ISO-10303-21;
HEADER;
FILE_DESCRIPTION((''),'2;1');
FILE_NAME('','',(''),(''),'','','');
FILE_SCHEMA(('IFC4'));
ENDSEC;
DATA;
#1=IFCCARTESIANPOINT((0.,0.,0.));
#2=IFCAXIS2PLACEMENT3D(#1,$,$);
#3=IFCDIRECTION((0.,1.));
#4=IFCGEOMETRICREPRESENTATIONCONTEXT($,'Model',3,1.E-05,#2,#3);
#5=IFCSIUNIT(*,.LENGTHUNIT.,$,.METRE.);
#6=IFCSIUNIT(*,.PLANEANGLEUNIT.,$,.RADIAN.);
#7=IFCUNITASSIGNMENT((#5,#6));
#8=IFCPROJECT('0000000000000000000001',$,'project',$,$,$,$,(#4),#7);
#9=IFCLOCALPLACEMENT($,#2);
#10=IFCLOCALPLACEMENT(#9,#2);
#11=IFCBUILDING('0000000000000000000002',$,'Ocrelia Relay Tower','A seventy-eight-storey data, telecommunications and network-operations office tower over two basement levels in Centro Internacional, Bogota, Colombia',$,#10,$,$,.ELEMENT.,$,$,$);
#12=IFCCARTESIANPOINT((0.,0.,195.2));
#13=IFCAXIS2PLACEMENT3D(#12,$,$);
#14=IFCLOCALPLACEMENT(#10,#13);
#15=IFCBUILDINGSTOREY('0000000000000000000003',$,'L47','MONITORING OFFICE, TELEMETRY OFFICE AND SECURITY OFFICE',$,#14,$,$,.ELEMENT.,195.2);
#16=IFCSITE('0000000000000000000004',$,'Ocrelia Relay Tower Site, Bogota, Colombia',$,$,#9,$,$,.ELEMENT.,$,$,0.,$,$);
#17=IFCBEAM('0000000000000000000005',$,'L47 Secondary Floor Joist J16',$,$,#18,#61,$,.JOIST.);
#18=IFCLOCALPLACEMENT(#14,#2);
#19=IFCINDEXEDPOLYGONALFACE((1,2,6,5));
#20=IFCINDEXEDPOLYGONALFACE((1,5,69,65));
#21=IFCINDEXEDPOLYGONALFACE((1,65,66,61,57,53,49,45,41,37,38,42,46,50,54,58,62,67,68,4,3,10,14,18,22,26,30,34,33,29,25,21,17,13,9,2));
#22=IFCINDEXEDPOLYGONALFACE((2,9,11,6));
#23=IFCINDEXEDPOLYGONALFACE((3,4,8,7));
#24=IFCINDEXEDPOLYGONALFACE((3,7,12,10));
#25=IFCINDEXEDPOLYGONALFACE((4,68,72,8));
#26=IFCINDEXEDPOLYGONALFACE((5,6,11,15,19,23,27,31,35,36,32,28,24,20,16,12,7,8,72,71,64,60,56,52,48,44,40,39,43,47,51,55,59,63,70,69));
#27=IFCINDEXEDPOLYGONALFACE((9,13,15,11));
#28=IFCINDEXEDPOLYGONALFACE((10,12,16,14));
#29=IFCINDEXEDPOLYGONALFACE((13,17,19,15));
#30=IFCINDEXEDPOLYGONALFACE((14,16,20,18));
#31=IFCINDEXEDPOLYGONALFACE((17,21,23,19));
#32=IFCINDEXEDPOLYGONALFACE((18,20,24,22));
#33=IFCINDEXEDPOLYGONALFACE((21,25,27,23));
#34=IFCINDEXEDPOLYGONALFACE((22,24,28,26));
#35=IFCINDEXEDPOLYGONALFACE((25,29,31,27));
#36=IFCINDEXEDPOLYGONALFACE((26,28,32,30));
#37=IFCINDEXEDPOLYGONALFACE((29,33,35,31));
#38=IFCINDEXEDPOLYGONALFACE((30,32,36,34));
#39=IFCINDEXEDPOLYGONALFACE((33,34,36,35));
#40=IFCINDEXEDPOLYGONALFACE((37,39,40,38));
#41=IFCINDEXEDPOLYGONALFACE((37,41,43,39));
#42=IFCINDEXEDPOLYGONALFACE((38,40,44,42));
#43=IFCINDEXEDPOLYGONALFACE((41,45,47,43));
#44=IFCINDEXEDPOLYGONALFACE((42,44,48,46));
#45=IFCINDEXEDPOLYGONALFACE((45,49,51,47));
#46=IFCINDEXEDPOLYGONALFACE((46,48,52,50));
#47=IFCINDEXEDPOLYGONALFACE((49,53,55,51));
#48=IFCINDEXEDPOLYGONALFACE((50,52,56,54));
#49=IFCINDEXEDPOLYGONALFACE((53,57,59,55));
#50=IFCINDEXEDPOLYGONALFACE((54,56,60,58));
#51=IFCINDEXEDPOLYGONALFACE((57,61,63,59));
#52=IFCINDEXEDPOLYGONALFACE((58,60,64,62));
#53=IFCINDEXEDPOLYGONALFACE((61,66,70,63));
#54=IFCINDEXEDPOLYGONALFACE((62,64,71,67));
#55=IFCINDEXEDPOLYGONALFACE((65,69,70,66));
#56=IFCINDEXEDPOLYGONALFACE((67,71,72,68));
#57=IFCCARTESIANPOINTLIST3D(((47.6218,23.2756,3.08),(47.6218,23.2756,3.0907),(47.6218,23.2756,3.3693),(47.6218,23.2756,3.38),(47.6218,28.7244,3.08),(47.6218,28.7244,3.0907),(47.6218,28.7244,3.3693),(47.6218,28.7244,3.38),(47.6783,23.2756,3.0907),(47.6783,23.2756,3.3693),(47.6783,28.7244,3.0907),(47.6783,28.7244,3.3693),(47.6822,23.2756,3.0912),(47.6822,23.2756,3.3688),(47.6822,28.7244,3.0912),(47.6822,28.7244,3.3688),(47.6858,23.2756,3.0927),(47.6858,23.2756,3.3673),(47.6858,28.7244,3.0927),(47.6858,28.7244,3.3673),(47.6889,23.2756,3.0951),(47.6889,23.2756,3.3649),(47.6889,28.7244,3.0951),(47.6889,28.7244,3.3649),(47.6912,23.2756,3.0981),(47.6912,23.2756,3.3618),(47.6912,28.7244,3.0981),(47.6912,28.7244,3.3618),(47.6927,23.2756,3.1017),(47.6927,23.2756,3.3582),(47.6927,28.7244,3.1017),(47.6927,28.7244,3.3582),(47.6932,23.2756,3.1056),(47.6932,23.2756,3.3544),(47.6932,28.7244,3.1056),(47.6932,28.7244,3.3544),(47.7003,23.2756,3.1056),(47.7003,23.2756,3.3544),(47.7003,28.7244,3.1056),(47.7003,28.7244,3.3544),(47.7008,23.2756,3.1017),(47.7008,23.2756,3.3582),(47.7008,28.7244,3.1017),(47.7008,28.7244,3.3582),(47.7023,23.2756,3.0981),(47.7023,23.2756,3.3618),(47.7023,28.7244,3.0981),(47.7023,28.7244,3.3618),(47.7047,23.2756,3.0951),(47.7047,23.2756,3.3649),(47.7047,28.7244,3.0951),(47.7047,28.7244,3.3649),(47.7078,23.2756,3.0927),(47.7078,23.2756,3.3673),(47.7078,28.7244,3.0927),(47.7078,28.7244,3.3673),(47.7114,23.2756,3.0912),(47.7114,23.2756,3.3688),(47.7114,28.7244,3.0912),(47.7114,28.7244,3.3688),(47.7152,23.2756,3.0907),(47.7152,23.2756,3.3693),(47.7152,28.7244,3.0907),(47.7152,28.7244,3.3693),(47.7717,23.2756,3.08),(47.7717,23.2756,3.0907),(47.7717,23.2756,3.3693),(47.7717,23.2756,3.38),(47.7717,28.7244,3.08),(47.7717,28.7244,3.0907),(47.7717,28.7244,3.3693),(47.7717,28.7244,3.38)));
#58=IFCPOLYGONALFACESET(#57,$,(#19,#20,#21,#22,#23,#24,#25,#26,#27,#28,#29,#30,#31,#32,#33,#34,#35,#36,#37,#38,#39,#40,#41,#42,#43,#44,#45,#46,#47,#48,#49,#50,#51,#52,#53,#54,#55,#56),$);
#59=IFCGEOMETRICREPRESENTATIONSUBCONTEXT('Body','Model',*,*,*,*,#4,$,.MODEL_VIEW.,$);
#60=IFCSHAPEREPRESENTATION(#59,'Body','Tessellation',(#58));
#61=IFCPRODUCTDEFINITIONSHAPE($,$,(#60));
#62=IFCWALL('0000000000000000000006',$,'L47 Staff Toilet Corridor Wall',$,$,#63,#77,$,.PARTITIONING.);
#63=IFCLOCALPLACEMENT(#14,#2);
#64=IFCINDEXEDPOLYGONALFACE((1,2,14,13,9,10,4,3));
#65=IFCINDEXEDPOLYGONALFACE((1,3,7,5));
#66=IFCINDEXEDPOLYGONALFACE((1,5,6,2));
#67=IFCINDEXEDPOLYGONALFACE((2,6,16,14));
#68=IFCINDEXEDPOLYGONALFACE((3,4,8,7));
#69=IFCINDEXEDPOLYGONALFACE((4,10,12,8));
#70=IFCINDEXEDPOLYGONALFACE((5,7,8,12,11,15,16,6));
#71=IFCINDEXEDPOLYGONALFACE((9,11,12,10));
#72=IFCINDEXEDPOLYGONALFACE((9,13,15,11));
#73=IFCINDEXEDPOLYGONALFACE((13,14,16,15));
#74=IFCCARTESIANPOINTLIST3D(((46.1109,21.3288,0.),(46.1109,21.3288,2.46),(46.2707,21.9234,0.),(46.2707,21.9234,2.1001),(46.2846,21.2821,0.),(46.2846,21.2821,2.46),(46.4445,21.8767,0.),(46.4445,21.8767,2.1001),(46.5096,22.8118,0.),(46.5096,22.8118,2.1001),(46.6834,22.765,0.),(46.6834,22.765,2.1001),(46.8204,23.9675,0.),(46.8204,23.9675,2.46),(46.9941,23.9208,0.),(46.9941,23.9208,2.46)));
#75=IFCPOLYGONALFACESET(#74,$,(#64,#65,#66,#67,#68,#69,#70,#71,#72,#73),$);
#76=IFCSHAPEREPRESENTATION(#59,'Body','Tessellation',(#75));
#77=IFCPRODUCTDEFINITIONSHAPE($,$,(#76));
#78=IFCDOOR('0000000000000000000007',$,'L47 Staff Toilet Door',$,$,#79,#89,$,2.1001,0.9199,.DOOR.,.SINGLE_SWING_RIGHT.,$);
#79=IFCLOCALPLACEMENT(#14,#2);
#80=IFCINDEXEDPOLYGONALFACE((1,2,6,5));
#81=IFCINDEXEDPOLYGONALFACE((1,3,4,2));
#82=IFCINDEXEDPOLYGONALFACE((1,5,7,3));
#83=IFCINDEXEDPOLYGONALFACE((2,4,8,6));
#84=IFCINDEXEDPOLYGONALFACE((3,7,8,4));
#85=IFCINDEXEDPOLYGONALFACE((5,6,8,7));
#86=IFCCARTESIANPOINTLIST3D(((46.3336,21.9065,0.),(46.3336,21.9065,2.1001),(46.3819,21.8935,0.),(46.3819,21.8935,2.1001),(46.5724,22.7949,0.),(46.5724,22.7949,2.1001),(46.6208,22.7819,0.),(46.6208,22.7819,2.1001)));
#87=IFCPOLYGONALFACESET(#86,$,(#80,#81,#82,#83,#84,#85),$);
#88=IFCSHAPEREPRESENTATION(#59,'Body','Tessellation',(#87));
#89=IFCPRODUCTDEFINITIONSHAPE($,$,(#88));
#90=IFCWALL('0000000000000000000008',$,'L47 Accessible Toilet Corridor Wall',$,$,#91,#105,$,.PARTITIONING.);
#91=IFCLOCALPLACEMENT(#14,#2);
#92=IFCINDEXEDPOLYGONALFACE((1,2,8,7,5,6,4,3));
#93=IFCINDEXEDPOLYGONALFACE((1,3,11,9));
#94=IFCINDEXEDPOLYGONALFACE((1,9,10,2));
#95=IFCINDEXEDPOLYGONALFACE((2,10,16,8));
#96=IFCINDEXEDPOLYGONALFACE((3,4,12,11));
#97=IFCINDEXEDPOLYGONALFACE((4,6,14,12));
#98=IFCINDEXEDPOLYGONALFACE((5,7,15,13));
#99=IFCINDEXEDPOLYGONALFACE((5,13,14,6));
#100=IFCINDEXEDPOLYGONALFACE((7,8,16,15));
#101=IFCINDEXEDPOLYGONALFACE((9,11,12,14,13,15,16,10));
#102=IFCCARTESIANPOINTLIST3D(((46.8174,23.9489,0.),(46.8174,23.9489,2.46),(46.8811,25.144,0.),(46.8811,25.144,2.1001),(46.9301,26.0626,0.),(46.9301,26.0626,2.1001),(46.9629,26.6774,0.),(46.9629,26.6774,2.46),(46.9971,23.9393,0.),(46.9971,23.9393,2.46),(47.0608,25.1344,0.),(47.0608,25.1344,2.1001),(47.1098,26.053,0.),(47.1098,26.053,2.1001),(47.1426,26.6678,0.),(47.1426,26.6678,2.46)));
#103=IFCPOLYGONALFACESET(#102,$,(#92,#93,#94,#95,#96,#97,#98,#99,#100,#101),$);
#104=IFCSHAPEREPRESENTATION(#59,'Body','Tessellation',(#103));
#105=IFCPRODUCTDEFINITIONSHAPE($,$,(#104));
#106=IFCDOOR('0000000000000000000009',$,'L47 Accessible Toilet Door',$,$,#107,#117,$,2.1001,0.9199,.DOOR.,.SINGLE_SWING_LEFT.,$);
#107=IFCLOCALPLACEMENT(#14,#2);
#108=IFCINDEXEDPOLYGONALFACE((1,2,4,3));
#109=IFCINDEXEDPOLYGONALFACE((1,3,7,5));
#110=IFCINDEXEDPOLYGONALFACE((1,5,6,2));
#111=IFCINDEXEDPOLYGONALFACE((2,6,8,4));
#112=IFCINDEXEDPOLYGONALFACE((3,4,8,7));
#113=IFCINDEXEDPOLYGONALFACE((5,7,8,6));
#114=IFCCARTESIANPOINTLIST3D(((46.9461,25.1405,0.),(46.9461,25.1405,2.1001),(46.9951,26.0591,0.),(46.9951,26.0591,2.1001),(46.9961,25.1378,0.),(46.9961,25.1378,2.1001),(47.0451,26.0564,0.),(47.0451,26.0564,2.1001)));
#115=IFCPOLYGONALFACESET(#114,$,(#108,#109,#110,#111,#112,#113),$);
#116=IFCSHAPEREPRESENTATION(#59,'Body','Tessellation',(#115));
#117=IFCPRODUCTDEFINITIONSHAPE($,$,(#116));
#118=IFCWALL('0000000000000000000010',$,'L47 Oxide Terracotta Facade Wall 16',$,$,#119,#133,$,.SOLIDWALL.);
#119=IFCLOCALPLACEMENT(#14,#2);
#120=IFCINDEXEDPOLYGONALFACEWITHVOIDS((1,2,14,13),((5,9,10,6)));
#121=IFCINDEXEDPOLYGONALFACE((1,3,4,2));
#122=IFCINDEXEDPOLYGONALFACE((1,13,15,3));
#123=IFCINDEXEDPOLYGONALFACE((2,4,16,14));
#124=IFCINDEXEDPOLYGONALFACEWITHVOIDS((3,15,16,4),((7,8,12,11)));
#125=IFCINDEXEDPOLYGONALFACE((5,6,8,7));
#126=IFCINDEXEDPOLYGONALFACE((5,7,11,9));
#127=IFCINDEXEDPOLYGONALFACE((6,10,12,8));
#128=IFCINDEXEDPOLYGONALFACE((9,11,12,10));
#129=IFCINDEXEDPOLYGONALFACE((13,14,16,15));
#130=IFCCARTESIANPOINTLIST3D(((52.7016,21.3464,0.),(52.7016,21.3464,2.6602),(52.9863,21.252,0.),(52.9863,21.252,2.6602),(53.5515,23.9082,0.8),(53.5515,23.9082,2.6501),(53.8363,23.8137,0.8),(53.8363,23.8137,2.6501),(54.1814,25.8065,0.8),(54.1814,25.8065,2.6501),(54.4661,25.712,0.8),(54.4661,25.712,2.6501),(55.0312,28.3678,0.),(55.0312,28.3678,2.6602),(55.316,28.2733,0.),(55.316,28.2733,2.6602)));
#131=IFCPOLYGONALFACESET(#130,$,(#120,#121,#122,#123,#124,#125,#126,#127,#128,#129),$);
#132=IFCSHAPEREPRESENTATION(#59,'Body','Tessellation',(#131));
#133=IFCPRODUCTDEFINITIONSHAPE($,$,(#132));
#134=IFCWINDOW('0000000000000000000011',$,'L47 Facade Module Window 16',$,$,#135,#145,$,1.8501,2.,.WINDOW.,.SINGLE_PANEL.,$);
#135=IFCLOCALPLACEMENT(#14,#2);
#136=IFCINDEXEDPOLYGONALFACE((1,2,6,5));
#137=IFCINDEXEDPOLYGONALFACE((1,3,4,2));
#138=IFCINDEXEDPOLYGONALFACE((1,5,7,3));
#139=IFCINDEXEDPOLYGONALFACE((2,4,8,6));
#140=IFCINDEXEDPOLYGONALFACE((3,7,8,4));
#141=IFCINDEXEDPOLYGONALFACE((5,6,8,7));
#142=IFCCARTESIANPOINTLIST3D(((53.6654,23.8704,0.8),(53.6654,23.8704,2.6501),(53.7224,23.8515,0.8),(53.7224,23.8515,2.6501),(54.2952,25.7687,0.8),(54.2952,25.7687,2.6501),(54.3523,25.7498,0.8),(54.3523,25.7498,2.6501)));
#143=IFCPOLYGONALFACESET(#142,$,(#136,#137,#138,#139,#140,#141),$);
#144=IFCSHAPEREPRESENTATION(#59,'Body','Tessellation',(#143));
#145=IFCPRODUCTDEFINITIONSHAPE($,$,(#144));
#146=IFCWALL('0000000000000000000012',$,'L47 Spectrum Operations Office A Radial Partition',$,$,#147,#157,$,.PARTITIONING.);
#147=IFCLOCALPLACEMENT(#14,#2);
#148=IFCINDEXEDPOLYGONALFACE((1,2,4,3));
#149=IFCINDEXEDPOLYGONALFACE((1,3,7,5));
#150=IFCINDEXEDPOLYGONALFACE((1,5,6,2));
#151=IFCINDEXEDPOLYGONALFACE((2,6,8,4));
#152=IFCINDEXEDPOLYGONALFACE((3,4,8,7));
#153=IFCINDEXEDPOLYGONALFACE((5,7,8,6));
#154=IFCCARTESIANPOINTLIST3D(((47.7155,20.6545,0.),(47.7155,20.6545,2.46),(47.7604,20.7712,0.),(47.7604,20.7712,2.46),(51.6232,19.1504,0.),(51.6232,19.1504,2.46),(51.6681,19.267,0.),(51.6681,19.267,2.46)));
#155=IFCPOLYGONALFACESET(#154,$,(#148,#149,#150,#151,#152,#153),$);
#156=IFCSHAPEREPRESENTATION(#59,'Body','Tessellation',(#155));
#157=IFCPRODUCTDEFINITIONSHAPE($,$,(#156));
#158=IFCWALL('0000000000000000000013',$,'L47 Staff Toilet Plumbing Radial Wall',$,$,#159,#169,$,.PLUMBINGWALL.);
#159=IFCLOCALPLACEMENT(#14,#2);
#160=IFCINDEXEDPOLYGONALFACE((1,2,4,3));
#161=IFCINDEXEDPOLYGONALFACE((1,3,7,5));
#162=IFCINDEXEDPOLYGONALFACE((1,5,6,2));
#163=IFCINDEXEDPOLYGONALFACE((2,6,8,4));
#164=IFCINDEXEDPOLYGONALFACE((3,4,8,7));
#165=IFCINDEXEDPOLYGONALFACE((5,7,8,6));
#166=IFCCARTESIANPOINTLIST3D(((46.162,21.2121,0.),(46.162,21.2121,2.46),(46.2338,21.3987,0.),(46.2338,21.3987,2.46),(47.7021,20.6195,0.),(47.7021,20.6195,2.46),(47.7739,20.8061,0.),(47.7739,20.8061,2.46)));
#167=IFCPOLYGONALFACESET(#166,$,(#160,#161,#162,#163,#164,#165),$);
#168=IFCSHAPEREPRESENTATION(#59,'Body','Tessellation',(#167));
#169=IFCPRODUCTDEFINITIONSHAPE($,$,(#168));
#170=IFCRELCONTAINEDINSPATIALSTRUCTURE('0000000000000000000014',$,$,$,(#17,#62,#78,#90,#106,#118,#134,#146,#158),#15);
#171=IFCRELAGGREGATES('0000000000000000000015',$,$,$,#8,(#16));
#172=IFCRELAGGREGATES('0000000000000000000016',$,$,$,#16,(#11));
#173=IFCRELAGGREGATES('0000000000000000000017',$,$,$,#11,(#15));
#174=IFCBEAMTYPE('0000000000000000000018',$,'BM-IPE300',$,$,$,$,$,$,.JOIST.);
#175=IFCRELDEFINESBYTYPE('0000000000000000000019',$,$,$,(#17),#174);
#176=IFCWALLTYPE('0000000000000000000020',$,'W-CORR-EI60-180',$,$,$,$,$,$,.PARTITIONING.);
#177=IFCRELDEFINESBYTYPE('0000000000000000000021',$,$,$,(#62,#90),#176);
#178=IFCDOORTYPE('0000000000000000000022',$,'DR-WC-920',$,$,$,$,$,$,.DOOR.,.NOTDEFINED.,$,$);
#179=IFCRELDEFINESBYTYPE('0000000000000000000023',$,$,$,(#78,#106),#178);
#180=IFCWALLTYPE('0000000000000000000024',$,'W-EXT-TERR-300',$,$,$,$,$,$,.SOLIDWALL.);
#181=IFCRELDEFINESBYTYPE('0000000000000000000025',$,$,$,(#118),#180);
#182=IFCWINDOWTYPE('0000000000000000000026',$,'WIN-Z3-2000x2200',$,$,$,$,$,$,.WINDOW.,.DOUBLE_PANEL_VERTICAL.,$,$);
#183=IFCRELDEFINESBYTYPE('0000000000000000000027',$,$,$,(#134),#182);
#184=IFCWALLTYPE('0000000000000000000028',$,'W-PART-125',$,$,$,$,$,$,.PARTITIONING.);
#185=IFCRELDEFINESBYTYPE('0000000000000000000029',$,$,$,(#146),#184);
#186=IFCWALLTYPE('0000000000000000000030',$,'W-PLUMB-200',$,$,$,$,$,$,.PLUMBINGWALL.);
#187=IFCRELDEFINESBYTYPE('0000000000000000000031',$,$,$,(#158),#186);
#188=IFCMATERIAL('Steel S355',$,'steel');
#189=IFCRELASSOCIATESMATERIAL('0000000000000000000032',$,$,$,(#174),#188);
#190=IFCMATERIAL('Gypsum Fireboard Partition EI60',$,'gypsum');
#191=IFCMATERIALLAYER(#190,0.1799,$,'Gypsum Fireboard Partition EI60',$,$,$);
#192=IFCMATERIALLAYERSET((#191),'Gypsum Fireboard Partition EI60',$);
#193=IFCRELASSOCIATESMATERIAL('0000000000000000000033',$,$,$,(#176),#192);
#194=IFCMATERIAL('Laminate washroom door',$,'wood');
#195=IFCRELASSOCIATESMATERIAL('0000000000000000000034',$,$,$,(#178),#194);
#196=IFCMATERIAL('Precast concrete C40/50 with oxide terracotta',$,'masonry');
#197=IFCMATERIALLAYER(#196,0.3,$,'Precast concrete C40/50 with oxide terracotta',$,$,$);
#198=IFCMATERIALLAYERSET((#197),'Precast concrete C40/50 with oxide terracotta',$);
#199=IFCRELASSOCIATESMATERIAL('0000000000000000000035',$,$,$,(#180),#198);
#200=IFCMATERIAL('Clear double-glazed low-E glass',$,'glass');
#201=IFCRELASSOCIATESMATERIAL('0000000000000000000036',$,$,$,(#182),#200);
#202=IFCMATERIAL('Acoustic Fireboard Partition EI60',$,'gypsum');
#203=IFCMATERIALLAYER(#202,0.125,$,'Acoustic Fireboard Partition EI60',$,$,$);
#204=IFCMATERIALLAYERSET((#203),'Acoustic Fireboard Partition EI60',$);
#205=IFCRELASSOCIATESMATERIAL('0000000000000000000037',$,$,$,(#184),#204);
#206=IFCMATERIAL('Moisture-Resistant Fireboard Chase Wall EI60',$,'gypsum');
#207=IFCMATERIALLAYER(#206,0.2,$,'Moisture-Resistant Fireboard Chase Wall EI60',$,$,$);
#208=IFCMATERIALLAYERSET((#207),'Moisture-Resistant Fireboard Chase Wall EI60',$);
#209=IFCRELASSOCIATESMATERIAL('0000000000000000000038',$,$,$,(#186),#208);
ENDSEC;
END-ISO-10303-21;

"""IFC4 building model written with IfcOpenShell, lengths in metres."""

from ifc_helpers import new_model, si_unit, direction, frame, frame_2d, origin, origin_2d, place, context, subcontext, project, spatial, rectangle, i_section, extrude, material, layer, layer_set, material_profile, profile_set, type_object, element, fill, save


model = new_model("IFC4")

# Units and contexts
model_context = context("Model", 3, precision=1e-05, world=origin(), true_north=direction((0.0, 1.0)))
body_context = subcontext(model_context, "Body", "Model", "MODEL_VIEW")
ifc_project = project(units=[si_unit("LENGTHUNIT", "METRE"), si_unit("PLANEANGLEUNIT", "RADIAN")], contexts=[model_context])

# Site, building, storey
site_placement = place(None, origin())
site = spatial("IfcSite", under=ifc_project, at=site_placement, Name="Ocrelia Relay Tower Site, Bogota, Colombia", CompositionType="ELEMENT", RefElevation=0.0)
building_placement = place(site_placement, origin())
building = spatial("IfcBuilding", under=site, at=building_placement, Name="Ocrelia Relay Tower", Description="A seventy-eight-storey data, telecommunications and network-operations office tower over two basement levels in Centro Internacional, Bogota, Colombia", CompositionType="ELEMENT")
storey_placement = place(building_placement, frame((0.0, 0.0, 195.2)))
storey = spatial("IfcBuildingStorey", under=building, at=storey_placement, Name="L47", Description="MONITORING OFFICE, TELEMETRY OFFICE AND SECURITY OFFICE", CompositionType="ELEMENT", Elevation=195.2)

# Beam
ifc_material_1 = material(Name="Steel S355", Category="steel")
ifc_material_profile_1 = material_profile(ifc_material_1, i_section(OverallWidth=0.1499, OverallDepth=0.3, WebThickness=0.0071, FlangeThickness=0.0107, FilletRadius=0.0149, at=origin_2d()), Name="IPE 300")
ifc_profile_set_1 = profile_set([ifc_material_profile_1], Name="Steel S355")
beam_type_1 = type_object("IfcBeamType", Name="BM-IPE300", PredefinedType="JOIST", material=ifc_profile_set_1)
beam_1_placement = place(storey_placement, frame((47.6968, 23.2756, 3.23), z_axis=(0.0, 1.0, 0.0), x_axis=(-1.0, 0.0, 0.0)))
element("IfcBeam", 1, at=beam_1_placement, inside=storey, type_object=beam_type_1, Name="L47 Secondary Floor Joist J16", PredefinedType="JOIST", context=body_context, shape_type="SweptSolid", body=[
    extrude(i_section(OverallWidth=0.1499, OverallDepth=0.3, WebThickness=0.0071, FlangeThickness=0.0107, FilletRadius=0.0149, at=origin_2d()), origin(), (0.0, 0.0, 1.0), 5.4487),
])

# Walls, openings, doors
ifc_material_2 = material(Name="Gypsum Fireboard Partition EI60", Category="gypsum")
ifc_layer_1 = layer(ifc_material_2, 0.1799, Name="Gypsum Fireboard Partition EI60")
ifc_layer_set_1 = layer_set([ifc_layer_1], Name="Gypsum Fireboard Partition EI60")
wall_type_1 = type_object("IfcWallType", Name="W-CORR-EI60-180", PredefinedType="PARTITIONING", material=ifc_layer_set_1)
wall_1_placement = place(storey_placement, frame((46.1978, 21.3054, 0.0), z_axis=(0.0, 0.0, 1.0), x_axis=(0.259653, 0.965702, 0.0)))
wall_1 = element("IfcWall", 2, at=wall_1_placement, inside=storey, type_object=wall_type_1, Name="L47 Staff Toilet Corridor Wall", PredefinedType="PARTITIONING", context=body_context, shape_type="SweptSolid", body=[
    extrude(rectangle(XDim=2.7324, YDim=0.1799, at=frame_2d((1.3662, 0.0))), origin(), (0.0, 0.0, 1.0), 2.46),
])
opening_1_placement = place(wall_1_placement, frame((0.6157, 0.0, 0.0)))
opening_1 = element("IfcOpeningElement", 3, at=opening_1_placement, cuts=wall_1, PredefinedType="OPENING", context=body_context, shape_type="SweptSolid", body=[
    extrude(rectangle(XDim=0.9199, YDim=2.1001, at=frame_2d((0.46, 1.05))), frame((0.0, 0.1001, 0.0), z_axis=(0.0, -1.0, 0.0), x_axis=(1.0, 0.0, 0.0)), (0.0, 0.0, 1.0), 0.2),
])
ifc_material_3 = material(Name="Laminate washroom door", Category="wood")
door_type_1 = type_object("IfcDoorType", Name="DR-WC-920", OperationType="NOTDEFINED", PredefinedType="DOOR", material=ifc_material_3)
door_1_placement = place(opening_1_placement, origin())
door_1 = element("IfcDoor", 4, at=door_1_placement, inside=storey, type_object=door_type_1, Name="L47 Staff Toilet Door", OperationType="SINGLE_SWING_RIGHT", OverallHeight=2.1001, OverallWidth=0.9199, PredefinedType="DOOR", context=body_context, shape_type="SweptSolid", body=[
    extrude(rectangle(XDim=0.9199, YDim=2.1001, at=frame_2d((0.46, 1.05))), frame((0.0, 0.0249, 0.0), z_axis=(0.0, -1.0, 0.0), x_axis=(1.0, 0.0, 0.0)), (0.0, 0.0, 1.0), 0.05),
])
fill(opening_1, door_1)
wall_2_placement = place(storey_placement, frame((46.9072, 23.9441, 0.0), z_axis=(0.0, 0.0, 1.0), x_axis=(0.053253, 0.998581, 0.0)))
wall_2 = element("IfcWall", 5, at=wall_2_placement, inside=storey, type_object=wall_type_1, Name="L47 Accessible Toilet Corridor Wall", PredefinedType="PARTITIONING", context=body_context, shape_type="SweptSolid", body=[
    extrude(rectangle(XDim=2.7324, YDim=0.1799, at=frame_2d((1.3662, 0.0))), origin(), (0.0, 0.0, 1.0), 2.46),
])
opening_2_placement = place(wall_2_placement, frame((1.1968, 0.0, 0.0)))
opening_2 = element("IfcOpeningElement", 6, at=opening_2_placement, cuts=wall_2, PredefinedType="OPENING", context=body_context, shape_type="SweptSolid", body=[
    extrude(rectangle(XDim=0.9199, YDim=2.1001, at=frame_2d((0.46, 1.05))), frame((0.0, 0.1001, 0.0), z_axis=(0.0, -1.0, 0.0), x_axis=(1.0, 0.0, 0.0)), (0.0, 0.0, 1.0), 0.2),
])
door_2_placement = place(opening_2_placement, origin())
door_2 = element("IfcDoor", 7, at=door_2_placement, inside=storey, type_object=door_type_1, Name="L47 Accessible Toilet Door", OperationType="SINGLE_SWING_LEFT", OverallHeight=2.1001, OverallWidth=0.9199, PredefinedType="DOOR", context=body_context, shape_type="SweptSolid", body=[
    extrude(rectangle(XDim=0.9199, YDim=2.1001, at=frame_2d((0.46, 1.05))), frame((0.0, 0.0249, 0.0), z_axis=(0.0, -1.0, 0.0), x_axis=(1.0, 0.0, 0.0)), (0.0, 0.0, 1.0), 0.05),
])
fill(opening_2, door_2)

# Wall, opening, window
ifc_material_4 = material(Name="Precast concrete C40/50 with oxide terracotta", Category="masonry")
ifc_layer_2 = layer(ifc_material_4, 0.3, Name="Precast concrete C40/50 with oxide terracotta")
ifc_layer_set_2 = layer_set([ifc_layer_2], Name="Precast concrete C40/50 with oxide terracotta")
wall_type_2 = type_object("IfcWallType", Name="W-EXT-TERR-300", PredefinedType="SOLIDWALL", material=ifc_layer_set_2)
wall_3_placement = place(storey_placement, frame((52.844, 21.2993, 0.0), z_axis=(0.0, 0.0, 1.0), x_axis=(0.314911, 0.949121, 0.0)))
wall_3 = element("IfcWall", 8, at=wall_3_placement, inside=storey, type_object=wall_type_2, Name="L47 Oxide Terracotta Facade Wall 16", PredefinedType="SOLIDWALL", context=body_context, shape_type="SweptSolid", body=[
    extrude(rectangle(XDim=7.3977, YDim=0.3, at=frame_2d((3.6987, 0.0))), origin(), (0.0, 0.0, 1.0), 2.6602),
])
opening_3_placement = place(wall_3_placement, frame((2.699, 0.0, 0.8)))
opening_3 = element("IfcOpeningElement", 9, at=opening_3_placement, cuts=wall_3, PredefinedType="OPENING", context=body_context, shape_type="SweptSolid", body=[
    extrude(rectangle(XDim=2.0, YDim=1.8501, at=frame_2d((1.0, 0.925))), frame((0.0, 0.1602, 0.0), z_axis=(0.0, -1.0, 0.0), x_axis=(1.0, 0.0, 0.0)), (0.0, 0.0, 1.0), 0.3201),
])
ifc_material_5 = material(Name="Clear double-glazed low-E glass", Category="glass")
window_type = type_object("IfcWindowType", Name="WIN-Z3-2000x2200", PartitioningType="DOUBLE_PANEL_VERTICAL", PredefinedType="WINDOW", material=ifc_material_5)
window_placement = place(opening_3_placement, origin())
window = element("IfcWindow", 10, at=window_placement, inside=storey, type_object=window_type, Name="L47 Facade Module Window 16", OverallHeight=1.8501, OverallWidth=2.0, PartitioningType="SINGLE_PANEL", PredefinedType="WINDOW", context=body_context, shape_type="SweptSolid", body=[
    extrude(rectangle(XDim=2.0, YDim=1.8501, at=frame_2d((1.0, 0.925))), frame((0.0, 0.03, 0.0), z_axis=(0.0, -1.0, 0.0), x_axis=(1.0, 0.0, 0.0)), (0.0, 0.0, 1.0), 0.0601),
])
fill(opening_3, window)

# Walls
ifc_material_6 = material(Name="Acoustic Fireboard Partition EI60", Category="gypsum")
ifc_layer_3 = layer(ifc_material_6, 0.125, Name="Acoustic Fireboard Partition EI60")
ifc_layer_set_3 = layer_set([ifc_layer_3], Name="Acoustic Fireboard Partition EI60")
wall_type_3 = type_object("IfcWallType", Name="W-PART-125", PredefinedType="PARTITIONING", material=ifc_layer_set_3)
wall_4_placement = place(storey_placement, frame((47.7378, 20.7129, 0.0), z_axis=(0.0, 0.0, 1.0), x_axis=(0.933251, -0.359225, 0.0)))
element("IfcWall", 11, at=wall_4_placement, inside=storey, type_object=wall_type_3, Name="L47 Spectrum Operations Office A Radial Partition", PredefinedType="PARTITIONING", context=body_context, shape_type="SweptSolid", body=[
    extrude(rectangle(XDim=4.1873, YDim=0.125, at=frame_2d((2.0938, 0.0))), origin(), (0.0, 0.0, 1.0), 2.46),
])
ifc_material_7 = material(Name="Moisture-Resistant Fireboard Chase Wall EI60", Category="gypsum")
ifc_layer_4 = layer(ifc_material_7, 0.2, Name="Moisture-Resistant Fireboard Chase Wall EI60")
ifc_layer_set_4 = layer_set([ifc_layer_4], Name="Moisture-Resistant Fireboard Chase Wall EI60")
wall_type_4 = type_object("IfcWallType", Name="W-PLUMB-200", PredefinedType="PLUMBINGWALL", material=ifc_layer_set_4)
for number, where, z_axis, x_axis, name in (
    (12, (46.1978, 21.3054, 0.0), (0.0, 0.0, 1.0), (0.933304, -0.359088, 0.0), "L47 Staff Toilet Plumbing Radial Wall"),
):
    element("IfcWall", number, at=place(storey_placement, frame(where, z_axis=z_axis, x_axis=x_axis)), inside=storey, type_object=wall_type_4, Name=name, PredefinedType="PLUMBINGWALL", context=body_context, shape_type="SweptSolid", body=[
        extrude(rectangle(XDim=1.6501, YDim=0.2, at=frame_2d((0.8252, 0.0))), origin(), (0.0, 0.0, 1.0), 2.46),
    ])

save(model, "model.ifc")
